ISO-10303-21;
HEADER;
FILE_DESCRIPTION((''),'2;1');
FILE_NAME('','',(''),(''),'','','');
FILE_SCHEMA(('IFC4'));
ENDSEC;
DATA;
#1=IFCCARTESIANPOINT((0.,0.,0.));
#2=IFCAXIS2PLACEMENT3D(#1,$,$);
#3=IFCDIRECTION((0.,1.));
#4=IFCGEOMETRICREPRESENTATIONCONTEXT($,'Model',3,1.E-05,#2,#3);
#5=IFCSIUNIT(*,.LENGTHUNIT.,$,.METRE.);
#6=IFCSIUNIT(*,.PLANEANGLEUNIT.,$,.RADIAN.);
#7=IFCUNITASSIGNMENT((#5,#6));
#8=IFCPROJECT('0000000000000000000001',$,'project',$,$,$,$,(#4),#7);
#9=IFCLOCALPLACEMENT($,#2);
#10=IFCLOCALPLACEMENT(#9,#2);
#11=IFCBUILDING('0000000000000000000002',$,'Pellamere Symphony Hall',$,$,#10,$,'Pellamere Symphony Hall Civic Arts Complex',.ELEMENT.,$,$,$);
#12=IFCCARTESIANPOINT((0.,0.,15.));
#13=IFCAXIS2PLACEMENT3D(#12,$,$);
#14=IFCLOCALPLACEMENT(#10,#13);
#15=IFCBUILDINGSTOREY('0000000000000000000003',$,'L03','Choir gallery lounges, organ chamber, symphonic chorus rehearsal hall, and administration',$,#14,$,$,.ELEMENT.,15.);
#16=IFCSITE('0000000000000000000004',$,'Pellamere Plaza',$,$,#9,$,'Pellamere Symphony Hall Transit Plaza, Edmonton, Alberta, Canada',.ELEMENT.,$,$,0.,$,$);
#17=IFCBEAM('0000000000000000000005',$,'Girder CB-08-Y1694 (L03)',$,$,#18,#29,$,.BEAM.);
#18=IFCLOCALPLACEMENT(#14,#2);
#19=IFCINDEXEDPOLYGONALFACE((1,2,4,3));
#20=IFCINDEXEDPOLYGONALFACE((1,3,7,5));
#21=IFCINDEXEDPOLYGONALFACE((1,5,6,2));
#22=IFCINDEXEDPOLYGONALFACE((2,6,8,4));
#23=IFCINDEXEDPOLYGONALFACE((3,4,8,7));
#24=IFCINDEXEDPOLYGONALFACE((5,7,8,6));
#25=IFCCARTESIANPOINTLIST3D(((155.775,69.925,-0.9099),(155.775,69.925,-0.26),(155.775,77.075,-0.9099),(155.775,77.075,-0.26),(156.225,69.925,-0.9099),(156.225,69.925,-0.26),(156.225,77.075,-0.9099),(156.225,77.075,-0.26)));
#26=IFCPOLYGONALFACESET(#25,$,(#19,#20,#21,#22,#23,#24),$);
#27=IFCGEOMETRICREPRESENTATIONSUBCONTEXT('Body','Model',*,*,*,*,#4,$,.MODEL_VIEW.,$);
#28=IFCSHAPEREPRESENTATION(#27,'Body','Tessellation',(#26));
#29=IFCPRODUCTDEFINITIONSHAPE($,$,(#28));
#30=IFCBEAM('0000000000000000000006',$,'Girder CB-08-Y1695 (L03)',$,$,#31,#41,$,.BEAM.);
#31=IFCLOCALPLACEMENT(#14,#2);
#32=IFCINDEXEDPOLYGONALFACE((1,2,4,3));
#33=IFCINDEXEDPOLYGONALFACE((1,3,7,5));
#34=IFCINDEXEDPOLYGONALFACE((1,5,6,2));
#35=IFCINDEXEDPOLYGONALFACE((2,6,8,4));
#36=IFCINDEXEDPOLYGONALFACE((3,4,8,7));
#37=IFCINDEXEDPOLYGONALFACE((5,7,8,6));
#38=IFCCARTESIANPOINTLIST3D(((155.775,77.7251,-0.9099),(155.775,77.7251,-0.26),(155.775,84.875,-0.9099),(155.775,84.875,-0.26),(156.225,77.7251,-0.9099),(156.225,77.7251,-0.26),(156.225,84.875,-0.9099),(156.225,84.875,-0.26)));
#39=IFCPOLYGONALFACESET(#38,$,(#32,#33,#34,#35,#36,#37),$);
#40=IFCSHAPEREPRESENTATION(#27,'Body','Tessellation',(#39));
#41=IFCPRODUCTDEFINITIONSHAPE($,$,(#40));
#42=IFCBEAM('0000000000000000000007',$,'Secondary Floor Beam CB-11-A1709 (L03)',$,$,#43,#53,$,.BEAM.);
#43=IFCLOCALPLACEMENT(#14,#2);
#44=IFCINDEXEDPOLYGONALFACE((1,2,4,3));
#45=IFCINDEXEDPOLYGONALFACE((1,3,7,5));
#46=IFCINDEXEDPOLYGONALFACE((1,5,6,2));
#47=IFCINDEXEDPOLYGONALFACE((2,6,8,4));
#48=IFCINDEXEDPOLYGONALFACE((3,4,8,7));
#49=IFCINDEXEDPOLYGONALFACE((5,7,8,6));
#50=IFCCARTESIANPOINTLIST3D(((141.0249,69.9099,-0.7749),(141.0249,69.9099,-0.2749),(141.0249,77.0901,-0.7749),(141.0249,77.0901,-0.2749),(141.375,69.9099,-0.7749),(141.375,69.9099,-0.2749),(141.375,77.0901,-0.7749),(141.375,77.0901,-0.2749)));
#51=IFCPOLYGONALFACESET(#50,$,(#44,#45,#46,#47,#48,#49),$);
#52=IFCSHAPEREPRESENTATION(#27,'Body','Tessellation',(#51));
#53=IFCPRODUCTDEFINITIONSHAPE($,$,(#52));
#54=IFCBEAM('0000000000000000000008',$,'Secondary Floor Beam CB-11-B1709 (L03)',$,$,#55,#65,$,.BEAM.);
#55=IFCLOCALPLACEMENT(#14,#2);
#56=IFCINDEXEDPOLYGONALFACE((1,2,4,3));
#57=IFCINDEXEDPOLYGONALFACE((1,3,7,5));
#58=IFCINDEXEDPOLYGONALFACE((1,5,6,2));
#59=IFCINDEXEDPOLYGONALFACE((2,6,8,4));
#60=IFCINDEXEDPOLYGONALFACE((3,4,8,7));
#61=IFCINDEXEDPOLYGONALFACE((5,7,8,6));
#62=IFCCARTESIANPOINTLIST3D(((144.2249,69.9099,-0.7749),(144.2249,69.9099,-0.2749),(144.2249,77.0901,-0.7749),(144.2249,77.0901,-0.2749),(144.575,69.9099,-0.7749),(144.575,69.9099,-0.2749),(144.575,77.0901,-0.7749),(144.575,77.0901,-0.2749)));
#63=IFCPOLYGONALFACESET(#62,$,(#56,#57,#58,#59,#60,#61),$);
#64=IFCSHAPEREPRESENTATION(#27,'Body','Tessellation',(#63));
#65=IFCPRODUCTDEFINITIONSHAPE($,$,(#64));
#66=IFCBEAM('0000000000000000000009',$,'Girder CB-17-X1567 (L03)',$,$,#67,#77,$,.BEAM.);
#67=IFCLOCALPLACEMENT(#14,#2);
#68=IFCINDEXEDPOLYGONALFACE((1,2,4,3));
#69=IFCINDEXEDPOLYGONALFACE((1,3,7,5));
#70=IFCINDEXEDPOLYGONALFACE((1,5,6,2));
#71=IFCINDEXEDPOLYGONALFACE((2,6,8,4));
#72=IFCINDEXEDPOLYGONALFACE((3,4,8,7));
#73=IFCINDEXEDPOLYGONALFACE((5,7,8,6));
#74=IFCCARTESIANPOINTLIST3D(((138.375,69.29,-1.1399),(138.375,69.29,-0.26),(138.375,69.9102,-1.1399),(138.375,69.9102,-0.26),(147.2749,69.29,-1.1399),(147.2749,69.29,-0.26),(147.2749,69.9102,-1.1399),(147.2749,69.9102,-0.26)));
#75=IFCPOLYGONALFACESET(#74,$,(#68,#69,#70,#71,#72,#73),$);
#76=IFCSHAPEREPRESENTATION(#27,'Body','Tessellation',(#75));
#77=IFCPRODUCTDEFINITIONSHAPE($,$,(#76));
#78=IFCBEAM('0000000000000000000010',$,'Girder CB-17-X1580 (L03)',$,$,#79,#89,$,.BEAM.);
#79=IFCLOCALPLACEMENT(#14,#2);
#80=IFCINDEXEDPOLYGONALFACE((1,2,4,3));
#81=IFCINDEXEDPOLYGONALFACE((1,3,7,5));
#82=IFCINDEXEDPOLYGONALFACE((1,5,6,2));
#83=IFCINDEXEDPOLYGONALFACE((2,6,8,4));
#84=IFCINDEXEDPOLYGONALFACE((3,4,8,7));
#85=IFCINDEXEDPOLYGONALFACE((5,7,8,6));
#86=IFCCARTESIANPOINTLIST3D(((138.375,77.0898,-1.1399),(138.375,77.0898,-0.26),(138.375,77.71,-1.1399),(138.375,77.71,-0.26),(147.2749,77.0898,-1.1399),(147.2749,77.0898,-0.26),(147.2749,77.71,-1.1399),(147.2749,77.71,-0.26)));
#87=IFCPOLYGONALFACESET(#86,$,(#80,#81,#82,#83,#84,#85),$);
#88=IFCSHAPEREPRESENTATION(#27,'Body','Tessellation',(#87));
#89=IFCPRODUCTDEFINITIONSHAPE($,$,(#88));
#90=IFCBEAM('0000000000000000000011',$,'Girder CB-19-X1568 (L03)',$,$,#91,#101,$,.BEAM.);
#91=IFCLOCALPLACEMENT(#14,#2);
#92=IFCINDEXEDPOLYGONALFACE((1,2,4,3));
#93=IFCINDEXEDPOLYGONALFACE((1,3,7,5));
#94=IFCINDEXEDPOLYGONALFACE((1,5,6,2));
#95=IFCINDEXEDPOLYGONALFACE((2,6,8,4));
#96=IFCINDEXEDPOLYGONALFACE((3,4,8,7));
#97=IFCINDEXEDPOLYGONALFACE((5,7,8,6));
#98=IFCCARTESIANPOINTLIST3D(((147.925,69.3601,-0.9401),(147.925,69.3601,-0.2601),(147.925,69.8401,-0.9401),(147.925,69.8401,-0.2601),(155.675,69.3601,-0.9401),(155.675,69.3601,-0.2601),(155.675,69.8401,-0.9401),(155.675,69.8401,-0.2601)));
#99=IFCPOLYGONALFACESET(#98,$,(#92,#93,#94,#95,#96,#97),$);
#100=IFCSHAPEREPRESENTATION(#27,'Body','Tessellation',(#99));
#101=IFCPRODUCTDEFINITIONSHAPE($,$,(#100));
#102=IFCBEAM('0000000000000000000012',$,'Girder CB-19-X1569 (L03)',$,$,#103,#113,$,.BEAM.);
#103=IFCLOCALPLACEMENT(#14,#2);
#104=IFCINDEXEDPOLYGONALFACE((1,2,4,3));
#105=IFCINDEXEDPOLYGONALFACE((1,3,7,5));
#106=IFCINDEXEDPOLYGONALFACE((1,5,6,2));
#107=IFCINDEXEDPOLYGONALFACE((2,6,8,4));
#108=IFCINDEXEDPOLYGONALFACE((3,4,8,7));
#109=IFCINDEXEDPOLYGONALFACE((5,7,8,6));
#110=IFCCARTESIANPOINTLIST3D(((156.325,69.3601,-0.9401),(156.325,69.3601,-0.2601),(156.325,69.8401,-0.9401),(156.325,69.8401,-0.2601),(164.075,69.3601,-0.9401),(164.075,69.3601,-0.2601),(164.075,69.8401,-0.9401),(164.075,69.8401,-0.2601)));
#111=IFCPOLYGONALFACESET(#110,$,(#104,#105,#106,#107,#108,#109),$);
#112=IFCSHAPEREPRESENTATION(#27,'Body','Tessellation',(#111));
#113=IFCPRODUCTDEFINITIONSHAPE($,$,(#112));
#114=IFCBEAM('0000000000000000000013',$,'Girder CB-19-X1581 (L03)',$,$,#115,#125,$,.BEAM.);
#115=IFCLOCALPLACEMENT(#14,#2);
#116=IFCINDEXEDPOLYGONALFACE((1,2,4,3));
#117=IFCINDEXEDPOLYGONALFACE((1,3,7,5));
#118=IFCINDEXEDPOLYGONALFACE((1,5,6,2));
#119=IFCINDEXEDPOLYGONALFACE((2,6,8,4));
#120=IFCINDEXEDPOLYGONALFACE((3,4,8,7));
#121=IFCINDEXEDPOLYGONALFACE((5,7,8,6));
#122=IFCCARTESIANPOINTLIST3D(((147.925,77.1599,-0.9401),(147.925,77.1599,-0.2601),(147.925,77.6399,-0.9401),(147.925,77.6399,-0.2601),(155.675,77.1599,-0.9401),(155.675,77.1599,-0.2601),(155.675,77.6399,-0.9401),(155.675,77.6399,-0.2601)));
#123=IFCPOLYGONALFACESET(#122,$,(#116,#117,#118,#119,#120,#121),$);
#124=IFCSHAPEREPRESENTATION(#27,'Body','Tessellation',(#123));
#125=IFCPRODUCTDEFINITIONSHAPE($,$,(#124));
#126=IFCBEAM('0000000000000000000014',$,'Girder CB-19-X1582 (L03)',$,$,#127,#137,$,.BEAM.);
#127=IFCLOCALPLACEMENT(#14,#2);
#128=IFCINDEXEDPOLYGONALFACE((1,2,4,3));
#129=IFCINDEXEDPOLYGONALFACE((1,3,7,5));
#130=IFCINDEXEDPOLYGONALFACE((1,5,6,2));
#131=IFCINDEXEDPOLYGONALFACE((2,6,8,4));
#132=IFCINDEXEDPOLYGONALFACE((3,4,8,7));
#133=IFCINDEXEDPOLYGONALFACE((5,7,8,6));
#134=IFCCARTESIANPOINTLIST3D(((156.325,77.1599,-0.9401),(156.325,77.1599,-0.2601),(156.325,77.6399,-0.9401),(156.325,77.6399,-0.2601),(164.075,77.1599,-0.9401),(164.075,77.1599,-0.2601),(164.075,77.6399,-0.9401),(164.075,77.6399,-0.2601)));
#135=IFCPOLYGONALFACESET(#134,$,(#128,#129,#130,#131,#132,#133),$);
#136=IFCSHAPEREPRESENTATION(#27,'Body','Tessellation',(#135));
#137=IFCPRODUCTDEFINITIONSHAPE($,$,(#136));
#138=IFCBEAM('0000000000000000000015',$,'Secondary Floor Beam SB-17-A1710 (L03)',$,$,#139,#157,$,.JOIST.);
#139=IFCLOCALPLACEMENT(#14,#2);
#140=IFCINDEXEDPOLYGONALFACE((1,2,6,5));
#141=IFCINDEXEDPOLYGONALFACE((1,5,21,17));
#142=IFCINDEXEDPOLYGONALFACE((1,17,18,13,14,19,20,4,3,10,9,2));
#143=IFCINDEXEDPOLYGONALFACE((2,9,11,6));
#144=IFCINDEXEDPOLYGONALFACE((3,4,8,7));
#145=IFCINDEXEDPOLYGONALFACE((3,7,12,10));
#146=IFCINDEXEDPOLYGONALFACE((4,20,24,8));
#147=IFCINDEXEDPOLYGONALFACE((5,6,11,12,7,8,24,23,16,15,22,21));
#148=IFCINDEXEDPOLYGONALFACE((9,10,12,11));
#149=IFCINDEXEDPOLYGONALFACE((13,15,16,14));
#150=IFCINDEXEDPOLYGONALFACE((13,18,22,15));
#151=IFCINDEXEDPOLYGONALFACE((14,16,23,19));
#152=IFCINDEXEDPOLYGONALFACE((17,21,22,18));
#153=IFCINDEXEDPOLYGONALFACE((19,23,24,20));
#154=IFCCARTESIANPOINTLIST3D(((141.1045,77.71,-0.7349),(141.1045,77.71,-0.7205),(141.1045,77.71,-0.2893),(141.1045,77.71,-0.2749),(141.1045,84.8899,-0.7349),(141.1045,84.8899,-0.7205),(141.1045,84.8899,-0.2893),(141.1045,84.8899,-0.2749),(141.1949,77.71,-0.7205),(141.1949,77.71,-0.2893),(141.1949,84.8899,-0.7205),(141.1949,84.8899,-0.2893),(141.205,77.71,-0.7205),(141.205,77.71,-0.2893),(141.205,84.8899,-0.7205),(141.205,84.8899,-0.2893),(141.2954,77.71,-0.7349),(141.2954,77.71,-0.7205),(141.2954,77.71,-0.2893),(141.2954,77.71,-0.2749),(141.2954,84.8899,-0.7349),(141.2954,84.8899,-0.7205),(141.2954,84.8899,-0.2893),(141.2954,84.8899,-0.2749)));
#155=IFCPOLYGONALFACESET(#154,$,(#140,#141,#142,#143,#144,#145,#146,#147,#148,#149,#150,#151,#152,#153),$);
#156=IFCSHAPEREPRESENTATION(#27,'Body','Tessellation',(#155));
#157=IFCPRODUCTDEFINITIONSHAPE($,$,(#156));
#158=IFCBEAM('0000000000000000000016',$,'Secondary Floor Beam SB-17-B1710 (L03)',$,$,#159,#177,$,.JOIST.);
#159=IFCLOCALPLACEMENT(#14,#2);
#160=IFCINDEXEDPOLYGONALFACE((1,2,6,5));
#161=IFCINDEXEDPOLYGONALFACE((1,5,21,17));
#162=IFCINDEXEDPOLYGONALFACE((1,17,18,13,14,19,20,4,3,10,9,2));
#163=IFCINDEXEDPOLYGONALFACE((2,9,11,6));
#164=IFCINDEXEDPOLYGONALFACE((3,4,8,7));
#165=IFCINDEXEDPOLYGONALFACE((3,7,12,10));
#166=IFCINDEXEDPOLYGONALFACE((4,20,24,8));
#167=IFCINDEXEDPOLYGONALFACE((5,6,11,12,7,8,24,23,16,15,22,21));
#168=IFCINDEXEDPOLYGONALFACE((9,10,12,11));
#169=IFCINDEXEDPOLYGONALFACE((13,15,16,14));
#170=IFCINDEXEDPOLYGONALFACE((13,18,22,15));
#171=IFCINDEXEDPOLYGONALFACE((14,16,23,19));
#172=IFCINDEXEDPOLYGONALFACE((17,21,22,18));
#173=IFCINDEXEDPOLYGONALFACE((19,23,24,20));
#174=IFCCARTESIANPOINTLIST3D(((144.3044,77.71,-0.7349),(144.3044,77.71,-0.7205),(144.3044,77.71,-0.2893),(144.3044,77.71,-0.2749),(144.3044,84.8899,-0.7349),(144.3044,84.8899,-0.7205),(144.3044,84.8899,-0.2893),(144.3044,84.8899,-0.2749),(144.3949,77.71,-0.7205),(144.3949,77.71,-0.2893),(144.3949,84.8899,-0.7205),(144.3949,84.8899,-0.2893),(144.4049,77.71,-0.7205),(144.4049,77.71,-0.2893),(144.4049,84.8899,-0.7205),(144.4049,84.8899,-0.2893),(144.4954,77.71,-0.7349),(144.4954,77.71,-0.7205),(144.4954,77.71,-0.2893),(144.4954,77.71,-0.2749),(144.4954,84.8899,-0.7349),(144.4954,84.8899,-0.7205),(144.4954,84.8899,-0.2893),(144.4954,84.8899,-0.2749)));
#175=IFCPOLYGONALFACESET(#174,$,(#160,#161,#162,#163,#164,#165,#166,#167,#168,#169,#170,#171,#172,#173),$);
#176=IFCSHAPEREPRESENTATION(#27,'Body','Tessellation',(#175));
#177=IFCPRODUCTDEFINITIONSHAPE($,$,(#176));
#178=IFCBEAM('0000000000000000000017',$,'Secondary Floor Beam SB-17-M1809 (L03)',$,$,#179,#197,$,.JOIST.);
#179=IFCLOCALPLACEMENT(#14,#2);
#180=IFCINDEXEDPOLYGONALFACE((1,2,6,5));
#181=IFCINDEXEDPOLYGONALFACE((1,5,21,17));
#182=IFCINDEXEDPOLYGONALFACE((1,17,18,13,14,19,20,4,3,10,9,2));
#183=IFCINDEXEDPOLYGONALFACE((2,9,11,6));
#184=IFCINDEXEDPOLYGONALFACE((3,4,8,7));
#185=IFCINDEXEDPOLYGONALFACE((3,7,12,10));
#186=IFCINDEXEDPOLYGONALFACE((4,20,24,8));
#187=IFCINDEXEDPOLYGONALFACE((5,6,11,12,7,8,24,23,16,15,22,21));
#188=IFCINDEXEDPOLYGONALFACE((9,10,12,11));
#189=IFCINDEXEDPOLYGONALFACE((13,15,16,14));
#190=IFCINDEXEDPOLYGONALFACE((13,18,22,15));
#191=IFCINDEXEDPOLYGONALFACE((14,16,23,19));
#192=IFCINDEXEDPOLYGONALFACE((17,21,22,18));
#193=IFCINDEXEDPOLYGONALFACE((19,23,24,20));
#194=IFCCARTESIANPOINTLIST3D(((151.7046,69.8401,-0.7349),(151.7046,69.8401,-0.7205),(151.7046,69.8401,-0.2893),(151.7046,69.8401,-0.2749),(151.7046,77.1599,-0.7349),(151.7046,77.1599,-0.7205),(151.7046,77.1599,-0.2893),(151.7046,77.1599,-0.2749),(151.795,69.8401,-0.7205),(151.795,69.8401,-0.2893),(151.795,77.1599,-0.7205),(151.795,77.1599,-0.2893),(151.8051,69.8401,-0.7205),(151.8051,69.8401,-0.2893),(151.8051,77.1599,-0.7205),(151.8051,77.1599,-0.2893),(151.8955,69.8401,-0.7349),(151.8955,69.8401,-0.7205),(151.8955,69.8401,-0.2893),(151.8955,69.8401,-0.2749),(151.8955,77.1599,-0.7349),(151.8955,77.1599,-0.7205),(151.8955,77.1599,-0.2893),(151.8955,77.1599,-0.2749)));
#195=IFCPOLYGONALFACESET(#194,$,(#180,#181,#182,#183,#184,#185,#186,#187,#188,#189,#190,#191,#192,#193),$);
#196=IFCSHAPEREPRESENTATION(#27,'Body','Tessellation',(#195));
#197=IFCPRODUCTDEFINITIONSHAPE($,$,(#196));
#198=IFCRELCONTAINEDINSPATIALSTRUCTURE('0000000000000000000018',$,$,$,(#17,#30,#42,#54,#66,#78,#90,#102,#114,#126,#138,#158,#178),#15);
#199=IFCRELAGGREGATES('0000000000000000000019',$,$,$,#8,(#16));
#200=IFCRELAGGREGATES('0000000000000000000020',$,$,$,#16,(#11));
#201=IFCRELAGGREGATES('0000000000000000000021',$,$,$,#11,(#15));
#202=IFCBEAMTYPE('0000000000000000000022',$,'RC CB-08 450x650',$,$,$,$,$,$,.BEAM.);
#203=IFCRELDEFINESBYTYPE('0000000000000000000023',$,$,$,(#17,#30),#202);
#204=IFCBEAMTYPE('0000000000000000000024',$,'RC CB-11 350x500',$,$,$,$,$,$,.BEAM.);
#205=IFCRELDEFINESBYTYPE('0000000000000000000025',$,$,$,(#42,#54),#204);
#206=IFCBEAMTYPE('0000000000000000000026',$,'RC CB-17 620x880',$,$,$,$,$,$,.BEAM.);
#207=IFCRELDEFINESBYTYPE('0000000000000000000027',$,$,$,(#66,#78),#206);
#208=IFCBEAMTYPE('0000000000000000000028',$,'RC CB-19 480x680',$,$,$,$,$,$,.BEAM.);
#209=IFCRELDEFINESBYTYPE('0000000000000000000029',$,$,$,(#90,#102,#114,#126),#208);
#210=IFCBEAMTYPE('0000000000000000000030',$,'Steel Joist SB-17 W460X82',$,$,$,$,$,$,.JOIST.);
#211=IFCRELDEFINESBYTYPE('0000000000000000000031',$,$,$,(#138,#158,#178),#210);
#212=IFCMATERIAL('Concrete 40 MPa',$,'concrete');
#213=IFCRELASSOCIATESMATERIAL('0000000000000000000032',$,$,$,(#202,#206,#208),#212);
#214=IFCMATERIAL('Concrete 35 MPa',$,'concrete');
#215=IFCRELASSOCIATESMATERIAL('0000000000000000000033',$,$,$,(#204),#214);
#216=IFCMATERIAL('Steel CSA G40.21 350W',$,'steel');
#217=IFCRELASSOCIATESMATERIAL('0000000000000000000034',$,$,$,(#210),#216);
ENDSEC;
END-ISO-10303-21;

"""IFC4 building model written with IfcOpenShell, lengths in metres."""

from ifc_helpers import new_model, si_unit, direction, frame, origin, origin_2d, place, context, subcontext, project, spatial, rectangle, i_section, extrude, material, material_profile, profile_set, type_object, element, save


model = new_model("IFC4")

# Units and contexts
model_context = context("Model", 3, precision=1e-05, world=origin(), true_north=direction((0.0, 1.0)))
body_context = subcontext(model_context, "Body", "Model", "MODEL_VIEW")
ifc_project = project(units=[si_unit("LENGTHUNIT", "METRE"), si_unit("PLANEANGLEUNIT", "RADIAN")], contexts=[model_context])

# Site, building, storey
site_placement = place(None, origin())
site = spatial("IfcSite", under=ifc_project, at=site_placement, Name="Pellamere Plaza", LongName="Pellamere Symphony Hall Transit Plaza, Edmonton, Alberta, Canada", CompositionType="ELEMENT", RefElevation=0.0)
building_placement = place(site_placement, origin())
building = spatial("IfcBuilding", under=site, at=building_placement, Name="Pellamere Symphony Hall", LongName="Pellamere Symphony Hall Civic Arts Complex", CompositionType="ELEMENT")
storey_placement = place(building_placement, frame((0.0, 0.0, 15.0)))
storey = spatial("IfcBuildingStorey", under=building, at=storey_placement, Name="L03", Description="Choir gallery lounges, organ chamber, symphonic chorus rehearsal hall, and administration", CompositionType="ELEMENT", Elevation=15.0)

# Shared definitions
ifc_material_1 = material(Name="Concrete 40 MPa", Category="concrete")

# Beams
ifc_material_profile_1 = material_profile(ifc_material_1, rectangle(XDim=0.45, YDim=0.6499, at=origin_2d()), Name="RC 450x650")
ifc_profile_set_1 = profile_set([ifc_material_profile_1], Name="Concrete 40 MPa")
beam_type_1 = type_object("IfcBeamType", Name="RC CB-08 450x650", PredefinedType="BEAM", material=ifc_profile_set_1)
for number, where, z_axis, x_axis, name in (
    (1, (156.0, 69.925, -0.585), (0.0, 1.0, 0.0), (-1.0, 0.0, 0.0), "Girder CB-08-Y1694 (L03)"),
    (2, (156.0, 77.7251, -0.585), (0.0, 1.0, 0.0), (-1.0, 0.0, 0.0), "Girder CB-08-Y1695 (L03)"),
):
    element("IfcBeam", number, at=place(storey_placement, frame(where, z_axis=z_axis, x_axis=x_axis)), inside=storey, type_object=beam_type_1, Name=name, PredefinedType="BEAM", context=body_context, shape_type="SweptSolid", body=[
        extrude(rectangle(XDim=0.45, YDim=0.6499, at=origin_2d()), origin(), (0.0, 0.0, 1.0), 7.1499),
    ])
ifc_material_2 = material(Name="Concrete 35 MPa", Category="concrete")
ifc_material_profile_2 = material_profile(ifc_material_2, rectangle(XDim=0.3501, YDim=0.5, at=origin_2d()), Name="RC 350x500")
ifc_profile_set_2 = profile_set([ifc_material_profile_2], Name="Concrete 35 MPa")
beam_type_2 = type_object("IfcBeamType", Name="RC CB-11 350x500", PredefinedType="BEAM", material=ifc_profile_set_2)
for number, where, z_axis, x_axis, name in (
    (3, (141.2, 69.9099, -0.5249), (0.0, 1.0, 0.0), (-1.0, 0.0, 0.0), "Secondary Floor Beam CB-11-A1709 (L03)"),
    (4, (144.3999, 69.9099, -0.5249), (0.0, 1.0, 0.0), (-1.0, 0.0, 0.0), "Secondary Floor Beam CB-11-B1709 (L03)"),
):
    element("IfcBeam", number, at=place(storey_placement, frame(where, z_axis=z_axis, x_axis=x_axis)), inside=storey, type_object=beam_type_2, Name=name, PredefinedType="BEAM", context=body_context, shape_type="SweptSolid", body=[
        extrude(rectangle(XDim=0.3501, YDim=0.5, at=origin_2d()), origin(), (0.0, 0.0, 1.0), 7.1802),
    ])
ifc_material_profile_3 = material_profile(ifc_material_1, rectangle(XDim=0.6201, YDim=0.8799, at=origin_2d()), Name="RC 620x880")
ifc_profile_set_3 = profile_set([ifc_material_profile_3], Name="Concrete 40 MPa")
beam_type_3 = type_object("IfcBeamType", Name="RC CB-17 620x880", PredefinedType="BEAM", material=ifc_profile_set_3)
for number, where, z_axis, x_axis, name in (
    (5, (138.375, 69.6001, -0.7), (1.0, 0.0, 0.0), (0.0, 1.0, 0.0), "Girder CB-17-X1567 (L03)"),
    (6, (138.375, 77.3999, -0.7), (1.0, 0.0, 0.0), (0.0, 1.0, 0.0), "Girder CB-17-X1580 (L03)"),
):
    element("IfcBeam", number, at=place(storey_placement, frame(where, z_axis=z_axis, x_axis=x_axis)), inside=storey, type_object=beam_type_3, Name=name, PredefinedType="BEAM", context=body_context, shape_type="SweptSolid", body=[
        extrude(rectangle(XDim=0.6201, YDim=0.8799, at=origin_2d()), origin(), (0.0, 0.0, 1.0), 8.8999),
    ])
ifc_material_profile_4 = material_profile(ifc_material_1, rectangle(XDim=0.48, YDim=0.6799, at=origin_2d()), Name="RC 480x680")
ifc_profile_set_4 = profile_set([ifc_material_profile_4], Name="Concrete 40 MPa")
beam_type_4 = type_object("IfcBeamType", Name="RC CB-19 480x680", PredefinedType="BEAM", material=ifc_profile_set_4)
for number, where, z_axis, x_axis, name in (
    (7, (147.925, 69.6001, -0.6001), (1.0, 0.0, 0.0), (0.0, 1.0, 0.0), "Girder CB-19-X1568 (L03)"),
    (8, (156.325, 69.6001, -0.6001), (1.0, 0.0, 0.0), (0.0, 1.0, 0.0), "Girder CB-19-X1569 (L03)"),
    (9, (147.925, 77.3999, -0.6001), (1.0, 0.0, 0.0), (0.0, 1.0, 0.0), "Girder CB-19-X1581 (L03)"),
    (10, (156.325, 77.3999, -0.6001), (1.0, 0.0, 0.0), (0.0, 1.0, 0.0), "Girder CB-19-X1582 (L03)"),
):
    element("IfcBeam", number, at=place(storey_placement, frame(where, z_axis=z_axis, x_axis=x_axis)), inside=storey, type_object=beam_type_4, Name=name, PredefinedType="BEAM", context=body_context, shape_type="SweptSolid", body=[
        extrude(rectangle(XDim=0.48, YDim=0.6799, at=origin_2d()), origin(), (0.0, 0.0, 1.0), 7.75),
    ])
ifc_material_3 = material(Name="Steel CSA G40.21 350W", Category="steel")
ifc_material_profile_5 = material_profile(ifc_material_3, i_section(OverallWidth=0.1909, OverallDepth=0.46, WebThickness=0.01, FlangeThickness=0.0144, at=origin_2d()), Name="W460X82")
ifc_profile_set_5 = profile_set([ifc_material_profile_5], Name="Steel CSA G40.21 350W")
beam_type_5 = type_object("IfcBeamType", Name="Steel Joist SB-17 W460X82", PredefinedType="JOIST", material=ifc_profile_set_5)
for number, where, z_axis, x_axis, name in (
    (11, (141.2, 77.71, -0.5049), (0.0, 1.0, 0.0), (-1.0, 0.0, 0.0), "Secondary Floor Beam SB-17-A1710 (L03)"),
    (12, (144.3999, 77.71, -0.5049), (0.0, 1.0, 0.0), (-1.0, 0.0, 0.0), "Secondary Floor Beam SB-17-B1710 (L03)"),
):
    element("IfcBeam", number, at=place(storey_placement, frame(where, z_axis=z_axis, x_axis=x_axis)), inside=storey, type_object=beam_type_5, Name=name, PredefinedType="JOIST", context=body_context, shape_type="SweptSolid", body=[
        extrude(i_section(OverallWidth=0.1909, OverallDepth=0.46, WebThickness=0.01, FlangeThickness=0.0144, at=origin_2d()), origin(), (0.0, 0.0, 1.0), 7.1799),
    ])
beam_1_placement = place(storey_placement, frame((151.8, 69.8401, -0.5049), z_axis=(0.0, 1.0, 0.0), x_axis=(-1.0, 0.0, 0.0)))
element("IfcBeam", 13, at=beam_1_placement, inside=storey, type_object=beam_type_5, Name="Secondary Floor Beam SB-17-M1809 (L03)", PredefinedType="JOIST", context=body_context, shape_type="SweptSolid", body=[
    extrude(i_section(OverallWidth=0.1909, OverallDepth=0.46, WebThickness=0.01, FlangeThickness=0.0144, at=origin_2d()), origin(), (0.0, 0.0, 1.0), 7.3198),
])

save(model, "model.ifc")
